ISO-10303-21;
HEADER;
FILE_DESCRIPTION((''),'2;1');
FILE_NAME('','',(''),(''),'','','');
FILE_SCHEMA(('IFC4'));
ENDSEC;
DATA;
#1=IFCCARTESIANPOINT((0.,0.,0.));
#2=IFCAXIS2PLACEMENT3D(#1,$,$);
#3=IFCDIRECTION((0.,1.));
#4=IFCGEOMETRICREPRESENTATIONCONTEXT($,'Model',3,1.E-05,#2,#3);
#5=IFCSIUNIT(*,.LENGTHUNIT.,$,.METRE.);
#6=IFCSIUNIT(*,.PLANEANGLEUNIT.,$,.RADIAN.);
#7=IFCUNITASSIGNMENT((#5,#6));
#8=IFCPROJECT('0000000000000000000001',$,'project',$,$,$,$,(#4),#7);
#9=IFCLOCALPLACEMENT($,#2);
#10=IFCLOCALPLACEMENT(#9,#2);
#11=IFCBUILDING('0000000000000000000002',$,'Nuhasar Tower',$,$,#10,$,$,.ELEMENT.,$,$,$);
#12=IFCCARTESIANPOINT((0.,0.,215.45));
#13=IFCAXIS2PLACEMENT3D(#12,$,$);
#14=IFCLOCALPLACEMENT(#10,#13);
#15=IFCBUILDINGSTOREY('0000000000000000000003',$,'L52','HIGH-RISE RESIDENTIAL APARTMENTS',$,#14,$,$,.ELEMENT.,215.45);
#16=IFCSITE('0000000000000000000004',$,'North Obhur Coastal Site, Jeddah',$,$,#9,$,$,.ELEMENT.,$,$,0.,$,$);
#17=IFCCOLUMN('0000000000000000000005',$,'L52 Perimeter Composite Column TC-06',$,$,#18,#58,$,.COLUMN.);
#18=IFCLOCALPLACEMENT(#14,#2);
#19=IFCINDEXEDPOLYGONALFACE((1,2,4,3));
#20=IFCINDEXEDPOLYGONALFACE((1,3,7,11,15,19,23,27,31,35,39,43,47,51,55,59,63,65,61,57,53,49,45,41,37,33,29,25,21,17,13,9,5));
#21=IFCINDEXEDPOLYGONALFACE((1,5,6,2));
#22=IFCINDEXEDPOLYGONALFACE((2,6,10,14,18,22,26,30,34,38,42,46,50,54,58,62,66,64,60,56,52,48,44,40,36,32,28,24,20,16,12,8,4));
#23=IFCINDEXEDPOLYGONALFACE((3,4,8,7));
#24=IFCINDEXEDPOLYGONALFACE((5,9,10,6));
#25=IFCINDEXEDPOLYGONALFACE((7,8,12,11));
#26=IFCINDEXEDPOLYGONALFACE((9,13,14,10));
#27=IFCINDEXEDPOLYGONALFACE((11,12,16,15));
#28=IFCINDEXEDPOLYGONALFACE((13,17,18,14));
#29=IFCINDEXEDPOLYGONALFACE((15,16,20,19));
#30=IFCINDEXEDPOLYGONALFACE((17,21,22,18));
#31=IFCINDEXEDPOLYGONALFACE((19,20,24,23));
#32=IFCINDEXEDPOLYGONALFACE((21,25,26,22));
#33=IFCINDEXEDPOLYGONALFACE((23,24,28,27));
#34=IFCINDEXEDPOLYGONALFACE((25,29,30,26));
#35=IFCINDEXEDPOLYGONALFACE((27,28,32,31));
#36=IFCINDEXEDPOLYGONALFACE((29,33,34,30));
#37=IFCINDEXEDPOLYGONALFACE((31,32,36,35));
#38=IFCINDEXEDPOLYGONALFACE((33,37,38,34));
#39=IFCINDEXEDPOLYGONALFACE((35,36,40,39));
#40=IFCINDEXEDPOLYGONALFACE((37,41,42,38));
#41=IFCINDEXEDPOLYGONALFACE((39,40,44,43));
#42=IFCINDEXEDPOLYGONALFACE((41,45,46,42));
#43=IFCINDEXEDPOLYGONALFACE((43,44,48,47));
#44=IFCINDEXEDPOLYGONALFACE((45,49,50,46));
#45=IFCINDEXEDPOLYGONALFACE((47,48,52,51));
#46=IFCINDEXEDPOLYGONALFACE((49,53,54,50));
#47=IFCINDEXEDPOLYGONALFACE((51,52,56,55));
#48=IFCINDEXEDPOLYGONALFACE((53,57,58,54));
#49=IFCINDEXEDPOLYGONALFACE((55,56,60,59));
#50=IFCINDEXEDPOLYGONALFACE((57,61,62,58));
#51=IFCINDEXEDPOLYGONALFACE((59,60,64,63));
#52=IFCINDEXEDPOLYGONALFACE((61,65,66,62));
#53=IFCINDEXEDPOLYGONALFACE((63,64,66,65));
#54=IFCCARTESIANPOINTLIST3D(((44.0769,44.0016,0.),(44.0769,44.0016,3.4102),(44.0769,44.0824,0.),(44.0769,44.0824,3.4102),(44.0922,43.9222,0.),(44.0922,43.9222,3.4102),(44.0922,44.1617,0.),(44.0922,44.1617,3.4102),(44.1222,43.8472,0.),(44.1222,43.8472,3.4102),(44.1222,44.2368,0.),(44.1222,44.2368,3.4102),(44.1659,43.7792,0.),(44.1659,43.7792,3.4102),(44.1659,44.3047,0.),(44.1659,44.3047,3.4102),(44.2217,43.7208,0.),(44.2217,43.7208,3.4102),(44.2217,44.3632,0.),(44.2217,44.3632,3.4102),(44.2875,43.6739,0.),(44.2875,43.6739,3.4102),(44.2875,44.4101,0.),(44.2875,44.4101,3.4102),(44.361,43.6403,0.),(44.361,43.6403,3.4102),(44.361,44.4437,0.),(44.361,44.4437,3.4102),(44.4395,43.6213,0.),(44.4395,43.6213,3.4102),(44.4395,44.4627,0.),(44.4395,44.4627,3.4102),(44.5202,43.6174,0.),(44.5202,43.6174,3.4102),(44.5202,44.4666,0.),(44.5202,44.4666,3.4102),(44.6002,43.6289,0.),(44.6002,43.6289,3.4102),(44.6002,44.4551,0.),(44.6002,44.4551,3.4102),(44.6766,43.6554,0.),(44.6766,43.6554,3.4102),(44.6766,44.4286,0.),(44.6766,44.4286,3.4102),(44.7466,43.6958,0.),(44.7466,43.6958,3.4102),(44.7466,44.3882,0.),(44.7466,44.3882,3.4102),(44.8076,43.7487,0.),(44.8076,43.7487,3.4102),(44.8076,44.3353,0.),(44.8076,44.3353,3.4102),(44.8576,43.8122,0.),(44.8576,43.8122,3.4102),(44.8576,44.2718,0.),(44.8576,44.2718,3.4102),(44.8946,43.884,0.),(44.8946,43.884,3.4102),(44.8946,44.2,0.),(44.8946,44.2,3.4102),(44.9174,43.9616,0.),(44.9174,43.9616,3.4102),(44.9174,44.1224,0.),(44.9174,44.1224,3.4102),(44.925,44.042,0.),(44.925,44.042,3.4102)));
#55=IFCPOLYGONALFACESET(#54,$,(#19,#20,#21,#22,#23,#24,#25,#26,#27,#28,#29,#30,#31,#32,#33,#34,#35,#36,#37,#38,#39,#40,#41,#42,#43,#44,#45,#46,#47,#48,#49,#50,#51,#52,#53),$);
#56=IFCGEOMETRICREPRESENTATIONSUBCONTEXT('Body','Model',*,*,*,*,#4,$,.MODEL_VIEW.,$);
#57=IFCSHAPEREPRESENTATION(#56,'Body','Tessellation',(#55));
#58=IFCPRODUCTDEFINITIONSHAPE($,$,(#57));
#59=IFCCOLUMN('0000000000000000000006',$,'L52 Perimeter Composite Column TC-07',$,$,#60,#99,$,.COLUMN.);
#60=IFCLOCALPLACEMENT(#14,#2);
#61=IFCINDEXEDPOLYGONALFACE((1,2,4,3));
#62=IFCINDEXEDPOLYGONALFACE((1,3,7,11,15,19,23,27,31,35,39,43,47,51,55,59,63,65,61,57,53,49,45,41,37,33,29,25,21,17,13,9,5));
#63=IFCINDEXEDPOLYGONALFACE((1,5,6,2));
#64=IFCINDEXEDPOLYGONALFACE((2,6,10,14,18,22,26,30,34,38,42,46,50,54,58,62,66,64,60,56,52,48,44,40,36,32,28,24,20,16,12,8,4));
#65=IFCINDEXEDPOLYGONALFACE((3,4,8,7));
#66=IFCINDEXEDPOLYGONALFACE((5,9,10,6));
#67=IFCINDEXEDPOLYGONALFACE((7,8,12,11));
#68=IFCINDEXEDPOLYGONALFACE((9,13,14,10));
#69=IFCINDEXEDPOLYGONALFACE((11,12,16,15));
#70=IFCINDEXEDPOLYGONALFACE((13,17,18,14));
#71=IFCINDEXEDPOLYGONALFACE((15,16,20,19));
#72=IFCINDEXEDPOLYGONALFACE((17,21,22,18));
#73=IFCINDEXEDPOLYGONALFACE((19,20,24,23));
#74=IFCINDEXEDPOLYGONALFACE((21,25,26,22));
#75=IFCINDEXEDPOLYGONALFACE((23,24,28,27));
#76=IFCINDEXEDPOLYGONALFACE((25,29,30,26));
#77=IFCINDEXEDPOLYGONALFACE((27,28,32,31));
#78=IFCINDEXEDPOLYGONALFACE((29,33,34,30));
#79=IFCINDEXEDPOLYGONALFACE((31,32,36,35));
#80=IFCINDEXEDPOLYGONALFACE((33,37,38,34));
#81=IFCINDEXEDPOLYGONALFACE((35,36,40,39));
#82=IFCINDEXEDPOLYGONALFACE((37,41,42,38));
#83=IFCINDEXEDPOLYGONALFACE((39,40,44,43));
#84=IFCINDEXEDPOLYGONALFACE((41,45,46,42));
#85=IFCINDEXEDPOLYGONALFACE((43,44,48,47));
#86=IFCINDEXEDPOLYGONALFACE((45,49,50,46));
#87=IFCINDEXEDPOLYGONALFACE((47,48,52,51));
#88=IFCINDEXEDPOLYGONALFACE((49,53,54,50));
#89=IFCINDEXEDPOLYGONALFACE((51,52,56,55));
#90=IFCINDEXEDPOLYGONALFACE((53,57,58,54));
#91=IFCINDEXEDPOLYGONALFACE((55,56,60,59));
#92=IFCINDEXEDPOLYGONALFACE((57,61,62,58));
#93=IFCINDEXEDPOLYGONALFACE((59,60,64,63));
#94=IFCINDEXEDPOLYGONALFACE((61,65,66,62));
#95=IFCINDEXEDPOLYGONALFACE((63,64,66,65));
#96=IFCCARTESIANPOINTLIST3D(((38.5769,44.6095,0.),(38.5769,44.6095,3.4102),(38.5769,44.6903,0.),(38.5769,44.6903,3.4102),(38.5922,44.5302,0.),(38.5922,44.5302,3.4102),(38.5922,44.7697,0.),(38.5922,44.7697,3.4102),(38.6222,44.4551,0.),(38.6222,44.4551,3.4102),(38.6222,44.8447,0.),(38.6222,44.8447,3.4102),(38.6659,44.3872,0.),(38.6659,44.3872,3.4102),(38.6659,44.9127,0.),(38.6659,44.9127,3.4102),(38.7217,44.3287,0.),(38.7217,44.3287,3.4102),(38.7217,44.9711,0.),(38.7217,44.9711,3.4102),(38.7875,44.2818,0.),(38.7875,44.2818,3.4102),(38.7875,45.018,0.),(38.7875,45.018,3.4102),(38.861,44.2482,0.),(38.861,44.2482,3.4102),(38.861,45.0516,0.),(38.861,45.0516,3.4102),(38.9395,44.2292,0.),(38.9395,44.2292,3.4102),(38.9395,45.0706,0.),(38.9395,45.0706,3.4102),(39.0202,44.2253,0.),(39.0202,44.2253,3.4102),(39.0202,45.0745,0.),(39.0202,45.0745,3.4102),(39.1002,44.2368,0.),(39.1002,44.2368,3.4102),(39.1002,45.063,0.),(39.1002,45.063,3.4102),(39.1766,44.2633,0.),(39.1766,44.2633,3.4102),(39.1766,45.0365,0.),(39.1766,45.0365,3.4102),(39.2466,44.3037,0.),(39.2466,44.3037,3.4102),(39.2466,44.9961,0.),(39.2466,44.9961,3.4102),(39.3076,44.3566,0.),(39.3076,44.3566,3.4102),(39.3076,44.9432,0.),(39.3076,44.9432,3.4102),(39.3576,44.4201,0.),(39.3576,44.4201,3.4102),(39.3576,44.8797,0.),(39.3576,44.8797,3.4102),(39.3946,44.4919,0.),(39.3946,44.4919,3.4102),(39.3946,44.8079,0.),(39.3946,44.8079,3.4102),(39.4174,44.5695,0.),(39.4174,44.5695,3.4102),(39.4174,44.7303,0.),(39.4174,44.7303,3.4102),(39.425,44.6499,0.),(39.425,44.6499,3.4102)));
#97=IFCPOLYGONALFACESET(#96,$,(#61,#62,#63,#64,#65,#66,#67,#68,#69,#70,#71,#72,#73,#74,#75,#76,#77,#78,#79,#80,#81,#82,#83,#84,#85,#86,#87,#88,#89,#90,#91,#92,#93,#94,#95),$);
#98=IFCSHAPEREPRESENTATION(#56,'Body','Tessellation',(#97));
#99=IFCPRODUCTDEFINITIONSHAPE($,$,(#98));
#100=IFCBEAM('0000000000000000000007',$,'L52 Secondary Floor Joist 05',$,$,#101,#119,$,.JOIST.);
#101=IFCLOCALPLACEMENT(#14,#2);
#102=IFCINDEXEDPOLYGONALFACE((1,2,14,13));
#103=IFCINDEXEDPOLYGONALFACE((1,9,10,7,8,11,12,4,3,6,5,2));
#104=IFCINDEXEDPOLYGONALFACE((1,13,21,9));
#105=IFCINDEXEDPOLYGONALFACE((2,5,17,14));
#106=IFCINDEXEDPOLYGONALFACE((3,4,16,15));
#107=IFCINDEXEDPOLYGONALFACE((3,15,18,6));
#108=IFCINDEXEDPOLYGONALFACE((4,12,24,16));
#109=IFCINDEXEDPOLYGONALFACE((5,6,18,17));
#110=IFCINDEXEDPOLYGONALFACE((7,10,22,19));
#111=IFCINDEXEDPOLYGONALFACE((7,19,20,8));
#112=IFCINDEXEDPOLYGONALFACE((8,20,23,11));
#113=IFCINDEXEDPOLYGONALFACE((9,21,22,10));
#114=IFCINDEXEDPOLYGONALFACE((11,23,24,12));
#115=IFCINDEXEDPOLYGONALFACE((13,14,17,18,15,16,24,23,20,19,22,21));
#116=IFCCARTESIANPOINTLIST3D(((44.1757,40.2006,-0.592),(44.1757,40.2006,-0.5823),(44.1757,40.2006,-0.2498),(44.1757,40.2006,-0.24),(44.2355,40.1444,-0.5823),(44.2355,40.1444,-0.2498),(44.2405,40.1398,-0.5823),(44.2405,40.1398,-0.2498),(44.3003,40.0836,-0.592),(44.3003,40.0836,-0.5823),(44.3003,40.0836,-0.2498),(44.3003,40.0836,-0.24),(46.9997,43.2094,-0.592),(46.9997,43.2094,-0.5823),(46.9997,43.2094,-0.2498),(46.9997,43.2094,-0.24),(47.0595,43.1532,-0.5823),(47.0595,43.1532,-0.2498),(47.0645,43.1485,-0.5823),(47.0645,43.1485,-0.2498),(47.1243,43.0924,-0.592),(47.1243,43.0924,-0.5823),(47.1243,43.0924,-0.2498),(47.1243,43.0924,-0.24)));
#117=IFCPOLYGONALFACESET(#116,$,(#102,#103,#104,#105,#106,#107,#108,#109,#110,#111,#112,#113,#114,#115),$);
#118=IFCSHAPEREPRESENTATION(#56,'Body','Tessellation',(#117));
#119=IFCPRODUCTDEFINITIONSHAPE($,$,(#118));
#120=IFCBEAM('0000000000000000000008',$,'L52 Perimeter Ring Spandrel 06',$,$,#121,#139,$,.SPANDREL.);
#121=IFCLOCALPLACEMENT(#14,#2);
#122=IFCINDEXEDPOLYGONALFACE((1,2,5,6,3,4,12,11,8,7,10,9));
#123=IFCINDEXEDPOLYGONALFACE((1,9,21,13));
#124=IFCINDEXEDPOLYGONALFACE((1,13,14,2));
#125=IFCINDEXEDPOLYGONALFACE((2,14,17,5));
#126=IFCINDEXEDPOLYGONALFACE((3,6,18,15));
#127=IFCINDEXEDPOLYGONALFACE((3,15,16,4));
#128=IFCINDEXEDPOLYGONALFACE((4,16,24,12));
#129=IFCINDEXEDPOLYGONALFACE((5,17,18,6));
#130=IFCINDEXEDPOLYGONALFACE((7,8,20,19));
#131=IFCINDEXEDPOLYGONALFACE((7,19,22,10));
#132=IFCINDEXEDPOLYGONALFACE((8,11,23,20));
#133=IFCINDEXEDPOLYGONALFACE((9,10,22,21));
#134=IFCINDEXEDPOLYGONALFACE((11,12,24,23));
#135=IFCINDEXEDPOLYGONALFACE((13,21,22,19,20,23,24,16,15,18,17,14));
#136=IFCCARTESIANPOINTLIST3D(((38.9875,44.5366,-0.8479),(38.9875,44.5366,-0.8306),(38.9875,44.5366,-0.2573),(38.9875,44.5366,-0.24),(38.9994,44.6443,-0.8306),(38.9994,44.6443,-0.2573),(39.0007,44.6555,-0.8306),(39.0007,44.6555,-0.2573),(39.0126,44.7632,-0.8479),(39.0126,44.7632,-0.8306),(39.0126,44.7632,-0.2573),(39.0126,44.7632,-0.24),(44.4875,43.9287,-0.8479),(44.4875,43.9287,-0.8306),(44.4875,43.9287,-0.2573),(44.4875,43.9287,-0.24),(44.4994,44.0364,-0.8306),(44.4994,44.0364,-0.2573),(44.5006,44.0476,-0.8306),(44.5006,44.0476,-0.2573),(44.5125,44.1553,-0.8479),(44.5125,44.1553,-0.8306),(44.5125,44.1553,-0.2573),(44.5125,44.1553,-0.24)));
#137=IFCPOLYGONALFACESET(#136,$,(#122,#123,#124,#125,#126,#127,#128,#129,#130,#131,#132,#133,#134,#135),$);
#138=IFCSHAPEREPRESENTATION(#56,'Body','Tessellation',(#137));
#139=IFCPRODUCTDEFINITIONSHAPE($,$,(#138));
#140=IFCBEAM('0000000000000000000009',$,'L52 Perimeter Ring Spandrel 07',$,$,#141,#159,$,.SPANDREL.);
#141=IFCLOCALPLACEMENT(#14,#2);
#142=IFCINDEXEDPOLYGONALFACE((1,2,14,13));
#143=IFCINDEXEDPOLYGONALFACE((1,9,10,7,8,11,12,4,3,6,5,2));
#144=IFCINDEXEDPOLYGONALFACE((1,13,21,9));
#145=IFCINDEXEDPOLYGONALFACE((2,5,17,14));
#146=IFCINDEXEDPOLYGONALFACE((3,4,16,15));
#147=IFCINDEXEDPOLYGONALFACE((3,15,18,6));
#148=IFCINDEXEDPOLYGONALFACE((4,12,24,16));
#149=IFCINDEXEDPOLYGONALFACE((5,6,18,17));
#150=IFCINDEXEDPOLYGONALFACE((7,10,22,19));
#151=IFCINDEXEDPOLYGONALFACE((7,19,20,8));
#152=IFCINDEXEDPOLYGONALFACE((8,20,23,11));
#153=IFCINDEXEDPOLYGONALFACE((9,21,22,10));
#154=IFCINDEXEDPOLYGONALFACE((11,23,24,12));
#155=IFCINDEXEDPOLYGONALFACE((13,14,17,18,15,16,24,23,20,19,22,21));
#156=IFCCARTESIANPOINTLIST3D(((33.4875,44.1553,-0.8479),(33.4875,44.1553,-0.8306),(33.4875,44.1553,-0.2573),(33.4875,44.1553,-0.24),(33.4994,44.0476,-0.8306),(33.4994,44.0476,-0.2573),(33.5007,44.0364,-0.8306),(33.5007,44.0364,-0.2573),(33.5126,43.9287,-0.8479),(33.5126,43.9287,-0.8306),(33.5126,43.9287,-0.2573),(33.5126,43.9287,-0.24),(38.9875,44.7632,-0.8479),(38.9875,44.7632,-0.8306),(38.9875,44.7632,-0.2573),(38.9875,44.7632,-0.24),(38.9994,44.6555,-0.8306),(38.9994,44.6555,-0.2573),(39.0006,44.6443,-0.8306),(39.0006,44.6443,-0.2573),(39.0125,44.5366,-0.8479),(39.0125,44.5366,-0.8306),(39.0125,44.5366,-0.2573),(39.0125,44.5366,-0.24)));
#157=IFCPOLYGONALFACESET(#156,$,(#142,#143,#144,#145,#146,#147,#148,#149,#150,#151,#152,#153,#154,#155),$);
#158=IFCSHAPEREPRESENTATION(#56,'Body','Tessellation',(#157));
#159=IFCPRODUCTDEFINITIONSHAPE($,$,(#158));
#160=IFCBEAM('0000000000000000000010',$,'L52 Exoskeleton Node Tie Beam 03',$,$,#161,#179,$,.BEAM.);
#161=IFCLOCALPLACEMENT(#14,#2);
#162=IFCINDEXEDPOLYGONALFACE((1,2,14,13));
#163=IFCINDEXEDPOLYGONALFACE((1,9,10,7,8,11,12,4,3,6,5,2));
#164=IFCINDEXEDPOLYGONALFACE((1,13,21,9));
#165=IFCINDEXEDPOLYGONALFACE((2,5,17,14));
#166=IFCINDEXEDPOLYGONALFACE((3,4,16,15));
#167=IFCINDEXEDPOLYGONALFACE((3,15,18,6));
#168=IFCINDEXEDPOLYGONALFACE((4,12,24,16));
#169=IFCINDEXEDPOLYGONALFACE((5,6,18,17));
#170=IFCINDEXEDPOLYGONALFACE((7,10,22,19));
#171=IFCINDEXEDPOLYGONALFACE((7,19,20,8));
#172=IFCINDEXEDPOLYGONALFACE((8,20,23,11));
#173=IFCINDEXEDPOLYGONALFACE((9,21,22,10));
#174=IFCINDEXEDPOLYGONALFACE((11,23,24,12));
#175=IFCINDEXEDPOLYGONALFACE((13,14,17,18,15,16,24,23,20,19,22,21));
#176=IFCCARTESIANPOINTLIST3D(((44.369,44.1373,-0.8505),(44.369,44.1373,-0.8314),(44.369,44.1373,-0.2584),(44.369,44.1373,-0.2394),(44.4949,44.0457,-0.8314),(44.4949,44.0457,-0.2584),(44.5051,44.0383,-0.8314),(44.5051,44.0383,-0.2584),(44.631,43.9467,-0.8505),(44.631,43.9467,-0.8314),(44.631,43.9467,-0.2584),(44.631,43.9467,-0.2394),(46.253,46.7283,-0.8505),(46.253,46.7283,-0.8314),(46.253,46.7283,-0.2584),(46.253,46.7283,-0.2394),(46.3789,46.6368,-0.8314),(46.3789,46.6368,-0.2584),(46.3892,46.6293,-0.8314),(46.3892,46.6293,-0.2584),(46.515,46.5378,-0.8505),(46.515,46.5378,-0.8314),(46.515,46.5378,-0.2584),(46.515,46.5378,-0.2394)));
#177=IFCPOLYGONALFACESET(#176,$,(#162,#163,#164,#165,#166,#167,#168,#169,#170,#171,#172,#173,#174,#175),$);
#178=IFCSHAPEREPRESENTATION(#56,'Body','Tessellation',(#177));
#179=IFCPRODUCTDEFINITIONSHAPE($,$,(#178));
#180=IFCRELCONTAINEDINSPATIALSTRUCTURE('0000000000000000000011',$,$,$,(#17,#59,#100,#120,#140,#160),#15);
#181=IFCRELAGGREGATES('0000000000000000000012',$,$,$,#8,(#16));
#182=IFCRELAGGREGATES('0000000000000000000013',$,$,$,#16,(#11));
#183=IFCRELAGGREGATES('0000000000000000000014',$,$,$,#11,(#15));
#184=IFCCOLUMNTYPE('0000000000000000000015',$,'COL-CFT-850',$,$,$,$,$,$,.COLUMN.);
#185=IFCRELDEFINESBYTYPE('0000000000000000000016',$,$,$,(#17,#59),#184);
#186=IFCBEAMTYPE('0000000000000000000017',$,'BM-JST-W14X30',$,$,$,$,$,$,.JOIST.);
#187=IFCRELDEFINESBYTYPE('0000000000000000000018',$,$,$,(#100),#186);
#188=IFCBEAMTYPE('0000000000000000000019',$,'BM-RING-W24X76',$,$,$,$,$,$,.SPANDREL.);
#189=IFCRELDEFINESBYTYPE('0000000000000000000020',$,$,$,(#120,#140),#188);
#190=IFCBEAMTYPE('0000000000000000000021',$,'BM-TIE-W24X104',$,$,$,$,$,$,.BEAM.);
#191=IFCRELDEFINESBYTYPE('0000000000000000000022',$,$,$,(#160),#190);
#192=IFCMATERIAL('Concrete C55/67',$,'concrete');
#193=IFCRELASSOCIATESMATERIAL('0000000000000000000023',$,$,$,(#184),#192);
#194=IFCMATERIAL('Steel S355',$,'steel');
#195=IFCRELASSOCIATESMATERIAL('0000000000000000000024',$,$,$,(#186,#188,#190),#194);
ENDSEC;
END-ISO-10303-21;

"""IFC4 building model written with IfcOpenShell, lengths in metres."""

from ifc_helpers import new_model, si_unit, direction, frame, origin, origin_2d, place, context, subcontext, project, spatial, circle, i_section, extrude, material, material_profile, profile_set, type_object, element, save


model = new_model("IFC4")

# Units and contexts
model_context = context("Model", 3, precision=1e-05, world=origin(), true_north=direction((0.0, 1.0)))
body_context = subcontext(model_context, "Body", "Model", "MODEL_VIEW")
ifc_project = project(units=[si_unit("LENGTHUNIT", "METRE"), si_unit("PLANEANGLEUNIT", "RADIAN")], contexts=[model_context])

# Site, building, storey
site_placement = place(None, origin())
site = spatial("IfcSite", under=ifc_project, at=site_placement, Name="North Obhur Coastal Site, Jeddah", CompositionType="ELEMENT", RefElevation=0.0)
building_placement = place(site_placement, origin())
building = spatial("IfcBuilding", under=site, at=building_placement, Name="Nuhasar Tower", CompositionType="ELEMENT")
storey_placement = place(building_placement, frame((0.0, 0.0, 215.45)))
storey = spatial("IfcBuildingStorey", under=building, at=storey_placement, Name="L52", Description="HIGH-RISE RESIDENTIAL APARTMENTS", CompositionType="ELEMENT", Elevation=215.45)

# Columns
ifc_material_1 = material(Name="Concrete C55/67", Category="concrete")
ifc_material_profile_1 = material_profile(ifc_material_1, circle(Radius=0.425, at=origin_2d()), Name="CFT850")
ifc_profile_set_1 = profile_set([ifc_material_profile_1], Name="Concrete C55/67")
column_type = type_object("IfcColumnType", Name="COL-CFT-850", PredefinedType="COLUMN", material=ifc_profile_set_1)
for number, where, z_axis, x_axis, name in (
    (1, (44.5, 44.042, 0.0), (0.0, 0.0, 1.0), (1.0, 0.0, 0.0), "L52 Perimeter Composite Column TC-06"),
    (2, (39.0, 44.6499, 0.0), (0.0, 0.0, 1.0), (1.0, 0.0, 0.0), "L52 Perimeter Composite Column TC-07"),
):
    element("IfcColumn", number, at=place(storey_placement, frame(where, z_axis=z_axis, x_axis=x_axis)), inside=storey, type_object=column_type, Name=name, PredefinedType="COLUMN", context=body_context, shape_type="SweptSolid", body=[
        extrude(circle(Radius=0.425, at=origin_2d()), origin(), (0.0, 0.0, 1.0), 3.4102),
    ])

# Beams
ifc_material_2 = material(Name="Steel S355", Category="steel")
ifc_material_profile_2 = material_profile(ifc_material_2, i_section(OverallWidth=0.1709, OverallDepth=0.3521, WebThickness=0.0068, FlangeThickness=0.0098, at=origin_2d()), Name="W14X30")
ifc_profile_set_2 = profile_set([ifc_material_profile_2], Name="Steel S355")
beam_type_1 = type_object("IfcBeamType", Name="BM-JST-W14X30", PredefinedType="JOIST", material=ifc_profile_set_2)
beam_1_placement = place(storey_placement, frame((44.238, 40.1421, -0.416), z_axis=(0.684358, 0.729146, 0.0), x_axis=(-0.729146, 0.684358, 0.0)))
element("IfcBeam", 3, at=beam_1_placement, inside=storey, type_object=beam_type_1, Name="L52 Secondary Floor Joist 05", PredefinedType="JOIST", context=body_context, shape_type="SweptSolid", body=[
    extrude(i_section(OverallWidth=0.1709, OverallDepth=0.3521, WebThickness=0.0068, FlangeThickness=0.0098, at=origin_2d()), origin(), (0.0, 0.0, 1.0), 4.1265),
])
ifc_material_profile_3 = material_profile(ifc_material_2, i_section(OverallWidth=0.228, OverallDepth=0.6079, WebThickness=0.0112, FlangeThickness=0.0173, at=origin_2d()), Name="W24X76")
ifc_profile_set_3 = profile_set([ifc_material_profile_3], Name="Steel S355")
beam_type_2 = type_object("IfcBeamType", Name="BM-RING-W24X76", PredefinedType="SPANDREL", material=ifc_profile_set_3)
for number, where, z_axis, x_axis, name in (
    (4, (44.5, 44.042, -0.5439), (-0.993947, 0.10986, 0.0), (-0.10986, -0.993947, 0.0), "L52 Perimeter Ring Spandrel 06"),
    (5, (39.0, 44.6499, -0.5439), (-0.993947, -0.10986, 0.0), (0.10986, -0.993947, 0.0), "L52 Perimeter Ring Spandrel 07"),
):
    element("IfcBeam", number, at=place(storey_placement, frame(where, z_axis=z_axis, x_axis=x_axis)), inside=storey, type_object=beam_type_2, Name=name, PredefinedType="SPANDREL", context=body_context, shape_type="SweptSolid", body=[
        extrude(i_section(OverallWidth=0.228, OverallDepth=0.6079, WebThickness=0.0112, FlangeThickness=0.0173, at=origin_2d()), origin(), (0.0, 0.0, 1.0), 5.5334),
    ])
ifc_material_profile_4 = material_profile(ifc_material_2, i_section(OverallWidth=0.324, OverallDepth=0.6111, WebThickness=0.0127, FlangeThickness=0.019, at=origin_2d()), Name="W24X104")
ifc_profile_set_4 = profile_set([ifc_material_profile_4], Name="Steel S355")
beam_type_3 = type_object("IfcBeamType", Name="BM-TIE-W24X104", PredefinedType="BEAM", material=ifc_profile_set_4)
beam_2_placement = place(storey_placement, frame((44.5, 44.042, -0.5449), z_axis=(0.588095, 0.808792, 0.0), x_axis=(-0.808792, 0.588095, 0.0)))
element("IfcBeam", 6, at=beam_2_placement, inside=storey, type_object=beam_type_3, Name="L52 Exoskeleton Node Tie Beam 03", PredefinedType="BEAM", context=body_context, shape_type="SweptSolid", body=[
    extrude(i_section(OverallWidth=0.324, OverallDepth=0.6111, WebThickness=0.0127, FlangeThickness=0.019, at=origin_2d()), origin(), (0.0, 0.0, 1.0), 3.2036),
])

save(model, "model.ifc")
